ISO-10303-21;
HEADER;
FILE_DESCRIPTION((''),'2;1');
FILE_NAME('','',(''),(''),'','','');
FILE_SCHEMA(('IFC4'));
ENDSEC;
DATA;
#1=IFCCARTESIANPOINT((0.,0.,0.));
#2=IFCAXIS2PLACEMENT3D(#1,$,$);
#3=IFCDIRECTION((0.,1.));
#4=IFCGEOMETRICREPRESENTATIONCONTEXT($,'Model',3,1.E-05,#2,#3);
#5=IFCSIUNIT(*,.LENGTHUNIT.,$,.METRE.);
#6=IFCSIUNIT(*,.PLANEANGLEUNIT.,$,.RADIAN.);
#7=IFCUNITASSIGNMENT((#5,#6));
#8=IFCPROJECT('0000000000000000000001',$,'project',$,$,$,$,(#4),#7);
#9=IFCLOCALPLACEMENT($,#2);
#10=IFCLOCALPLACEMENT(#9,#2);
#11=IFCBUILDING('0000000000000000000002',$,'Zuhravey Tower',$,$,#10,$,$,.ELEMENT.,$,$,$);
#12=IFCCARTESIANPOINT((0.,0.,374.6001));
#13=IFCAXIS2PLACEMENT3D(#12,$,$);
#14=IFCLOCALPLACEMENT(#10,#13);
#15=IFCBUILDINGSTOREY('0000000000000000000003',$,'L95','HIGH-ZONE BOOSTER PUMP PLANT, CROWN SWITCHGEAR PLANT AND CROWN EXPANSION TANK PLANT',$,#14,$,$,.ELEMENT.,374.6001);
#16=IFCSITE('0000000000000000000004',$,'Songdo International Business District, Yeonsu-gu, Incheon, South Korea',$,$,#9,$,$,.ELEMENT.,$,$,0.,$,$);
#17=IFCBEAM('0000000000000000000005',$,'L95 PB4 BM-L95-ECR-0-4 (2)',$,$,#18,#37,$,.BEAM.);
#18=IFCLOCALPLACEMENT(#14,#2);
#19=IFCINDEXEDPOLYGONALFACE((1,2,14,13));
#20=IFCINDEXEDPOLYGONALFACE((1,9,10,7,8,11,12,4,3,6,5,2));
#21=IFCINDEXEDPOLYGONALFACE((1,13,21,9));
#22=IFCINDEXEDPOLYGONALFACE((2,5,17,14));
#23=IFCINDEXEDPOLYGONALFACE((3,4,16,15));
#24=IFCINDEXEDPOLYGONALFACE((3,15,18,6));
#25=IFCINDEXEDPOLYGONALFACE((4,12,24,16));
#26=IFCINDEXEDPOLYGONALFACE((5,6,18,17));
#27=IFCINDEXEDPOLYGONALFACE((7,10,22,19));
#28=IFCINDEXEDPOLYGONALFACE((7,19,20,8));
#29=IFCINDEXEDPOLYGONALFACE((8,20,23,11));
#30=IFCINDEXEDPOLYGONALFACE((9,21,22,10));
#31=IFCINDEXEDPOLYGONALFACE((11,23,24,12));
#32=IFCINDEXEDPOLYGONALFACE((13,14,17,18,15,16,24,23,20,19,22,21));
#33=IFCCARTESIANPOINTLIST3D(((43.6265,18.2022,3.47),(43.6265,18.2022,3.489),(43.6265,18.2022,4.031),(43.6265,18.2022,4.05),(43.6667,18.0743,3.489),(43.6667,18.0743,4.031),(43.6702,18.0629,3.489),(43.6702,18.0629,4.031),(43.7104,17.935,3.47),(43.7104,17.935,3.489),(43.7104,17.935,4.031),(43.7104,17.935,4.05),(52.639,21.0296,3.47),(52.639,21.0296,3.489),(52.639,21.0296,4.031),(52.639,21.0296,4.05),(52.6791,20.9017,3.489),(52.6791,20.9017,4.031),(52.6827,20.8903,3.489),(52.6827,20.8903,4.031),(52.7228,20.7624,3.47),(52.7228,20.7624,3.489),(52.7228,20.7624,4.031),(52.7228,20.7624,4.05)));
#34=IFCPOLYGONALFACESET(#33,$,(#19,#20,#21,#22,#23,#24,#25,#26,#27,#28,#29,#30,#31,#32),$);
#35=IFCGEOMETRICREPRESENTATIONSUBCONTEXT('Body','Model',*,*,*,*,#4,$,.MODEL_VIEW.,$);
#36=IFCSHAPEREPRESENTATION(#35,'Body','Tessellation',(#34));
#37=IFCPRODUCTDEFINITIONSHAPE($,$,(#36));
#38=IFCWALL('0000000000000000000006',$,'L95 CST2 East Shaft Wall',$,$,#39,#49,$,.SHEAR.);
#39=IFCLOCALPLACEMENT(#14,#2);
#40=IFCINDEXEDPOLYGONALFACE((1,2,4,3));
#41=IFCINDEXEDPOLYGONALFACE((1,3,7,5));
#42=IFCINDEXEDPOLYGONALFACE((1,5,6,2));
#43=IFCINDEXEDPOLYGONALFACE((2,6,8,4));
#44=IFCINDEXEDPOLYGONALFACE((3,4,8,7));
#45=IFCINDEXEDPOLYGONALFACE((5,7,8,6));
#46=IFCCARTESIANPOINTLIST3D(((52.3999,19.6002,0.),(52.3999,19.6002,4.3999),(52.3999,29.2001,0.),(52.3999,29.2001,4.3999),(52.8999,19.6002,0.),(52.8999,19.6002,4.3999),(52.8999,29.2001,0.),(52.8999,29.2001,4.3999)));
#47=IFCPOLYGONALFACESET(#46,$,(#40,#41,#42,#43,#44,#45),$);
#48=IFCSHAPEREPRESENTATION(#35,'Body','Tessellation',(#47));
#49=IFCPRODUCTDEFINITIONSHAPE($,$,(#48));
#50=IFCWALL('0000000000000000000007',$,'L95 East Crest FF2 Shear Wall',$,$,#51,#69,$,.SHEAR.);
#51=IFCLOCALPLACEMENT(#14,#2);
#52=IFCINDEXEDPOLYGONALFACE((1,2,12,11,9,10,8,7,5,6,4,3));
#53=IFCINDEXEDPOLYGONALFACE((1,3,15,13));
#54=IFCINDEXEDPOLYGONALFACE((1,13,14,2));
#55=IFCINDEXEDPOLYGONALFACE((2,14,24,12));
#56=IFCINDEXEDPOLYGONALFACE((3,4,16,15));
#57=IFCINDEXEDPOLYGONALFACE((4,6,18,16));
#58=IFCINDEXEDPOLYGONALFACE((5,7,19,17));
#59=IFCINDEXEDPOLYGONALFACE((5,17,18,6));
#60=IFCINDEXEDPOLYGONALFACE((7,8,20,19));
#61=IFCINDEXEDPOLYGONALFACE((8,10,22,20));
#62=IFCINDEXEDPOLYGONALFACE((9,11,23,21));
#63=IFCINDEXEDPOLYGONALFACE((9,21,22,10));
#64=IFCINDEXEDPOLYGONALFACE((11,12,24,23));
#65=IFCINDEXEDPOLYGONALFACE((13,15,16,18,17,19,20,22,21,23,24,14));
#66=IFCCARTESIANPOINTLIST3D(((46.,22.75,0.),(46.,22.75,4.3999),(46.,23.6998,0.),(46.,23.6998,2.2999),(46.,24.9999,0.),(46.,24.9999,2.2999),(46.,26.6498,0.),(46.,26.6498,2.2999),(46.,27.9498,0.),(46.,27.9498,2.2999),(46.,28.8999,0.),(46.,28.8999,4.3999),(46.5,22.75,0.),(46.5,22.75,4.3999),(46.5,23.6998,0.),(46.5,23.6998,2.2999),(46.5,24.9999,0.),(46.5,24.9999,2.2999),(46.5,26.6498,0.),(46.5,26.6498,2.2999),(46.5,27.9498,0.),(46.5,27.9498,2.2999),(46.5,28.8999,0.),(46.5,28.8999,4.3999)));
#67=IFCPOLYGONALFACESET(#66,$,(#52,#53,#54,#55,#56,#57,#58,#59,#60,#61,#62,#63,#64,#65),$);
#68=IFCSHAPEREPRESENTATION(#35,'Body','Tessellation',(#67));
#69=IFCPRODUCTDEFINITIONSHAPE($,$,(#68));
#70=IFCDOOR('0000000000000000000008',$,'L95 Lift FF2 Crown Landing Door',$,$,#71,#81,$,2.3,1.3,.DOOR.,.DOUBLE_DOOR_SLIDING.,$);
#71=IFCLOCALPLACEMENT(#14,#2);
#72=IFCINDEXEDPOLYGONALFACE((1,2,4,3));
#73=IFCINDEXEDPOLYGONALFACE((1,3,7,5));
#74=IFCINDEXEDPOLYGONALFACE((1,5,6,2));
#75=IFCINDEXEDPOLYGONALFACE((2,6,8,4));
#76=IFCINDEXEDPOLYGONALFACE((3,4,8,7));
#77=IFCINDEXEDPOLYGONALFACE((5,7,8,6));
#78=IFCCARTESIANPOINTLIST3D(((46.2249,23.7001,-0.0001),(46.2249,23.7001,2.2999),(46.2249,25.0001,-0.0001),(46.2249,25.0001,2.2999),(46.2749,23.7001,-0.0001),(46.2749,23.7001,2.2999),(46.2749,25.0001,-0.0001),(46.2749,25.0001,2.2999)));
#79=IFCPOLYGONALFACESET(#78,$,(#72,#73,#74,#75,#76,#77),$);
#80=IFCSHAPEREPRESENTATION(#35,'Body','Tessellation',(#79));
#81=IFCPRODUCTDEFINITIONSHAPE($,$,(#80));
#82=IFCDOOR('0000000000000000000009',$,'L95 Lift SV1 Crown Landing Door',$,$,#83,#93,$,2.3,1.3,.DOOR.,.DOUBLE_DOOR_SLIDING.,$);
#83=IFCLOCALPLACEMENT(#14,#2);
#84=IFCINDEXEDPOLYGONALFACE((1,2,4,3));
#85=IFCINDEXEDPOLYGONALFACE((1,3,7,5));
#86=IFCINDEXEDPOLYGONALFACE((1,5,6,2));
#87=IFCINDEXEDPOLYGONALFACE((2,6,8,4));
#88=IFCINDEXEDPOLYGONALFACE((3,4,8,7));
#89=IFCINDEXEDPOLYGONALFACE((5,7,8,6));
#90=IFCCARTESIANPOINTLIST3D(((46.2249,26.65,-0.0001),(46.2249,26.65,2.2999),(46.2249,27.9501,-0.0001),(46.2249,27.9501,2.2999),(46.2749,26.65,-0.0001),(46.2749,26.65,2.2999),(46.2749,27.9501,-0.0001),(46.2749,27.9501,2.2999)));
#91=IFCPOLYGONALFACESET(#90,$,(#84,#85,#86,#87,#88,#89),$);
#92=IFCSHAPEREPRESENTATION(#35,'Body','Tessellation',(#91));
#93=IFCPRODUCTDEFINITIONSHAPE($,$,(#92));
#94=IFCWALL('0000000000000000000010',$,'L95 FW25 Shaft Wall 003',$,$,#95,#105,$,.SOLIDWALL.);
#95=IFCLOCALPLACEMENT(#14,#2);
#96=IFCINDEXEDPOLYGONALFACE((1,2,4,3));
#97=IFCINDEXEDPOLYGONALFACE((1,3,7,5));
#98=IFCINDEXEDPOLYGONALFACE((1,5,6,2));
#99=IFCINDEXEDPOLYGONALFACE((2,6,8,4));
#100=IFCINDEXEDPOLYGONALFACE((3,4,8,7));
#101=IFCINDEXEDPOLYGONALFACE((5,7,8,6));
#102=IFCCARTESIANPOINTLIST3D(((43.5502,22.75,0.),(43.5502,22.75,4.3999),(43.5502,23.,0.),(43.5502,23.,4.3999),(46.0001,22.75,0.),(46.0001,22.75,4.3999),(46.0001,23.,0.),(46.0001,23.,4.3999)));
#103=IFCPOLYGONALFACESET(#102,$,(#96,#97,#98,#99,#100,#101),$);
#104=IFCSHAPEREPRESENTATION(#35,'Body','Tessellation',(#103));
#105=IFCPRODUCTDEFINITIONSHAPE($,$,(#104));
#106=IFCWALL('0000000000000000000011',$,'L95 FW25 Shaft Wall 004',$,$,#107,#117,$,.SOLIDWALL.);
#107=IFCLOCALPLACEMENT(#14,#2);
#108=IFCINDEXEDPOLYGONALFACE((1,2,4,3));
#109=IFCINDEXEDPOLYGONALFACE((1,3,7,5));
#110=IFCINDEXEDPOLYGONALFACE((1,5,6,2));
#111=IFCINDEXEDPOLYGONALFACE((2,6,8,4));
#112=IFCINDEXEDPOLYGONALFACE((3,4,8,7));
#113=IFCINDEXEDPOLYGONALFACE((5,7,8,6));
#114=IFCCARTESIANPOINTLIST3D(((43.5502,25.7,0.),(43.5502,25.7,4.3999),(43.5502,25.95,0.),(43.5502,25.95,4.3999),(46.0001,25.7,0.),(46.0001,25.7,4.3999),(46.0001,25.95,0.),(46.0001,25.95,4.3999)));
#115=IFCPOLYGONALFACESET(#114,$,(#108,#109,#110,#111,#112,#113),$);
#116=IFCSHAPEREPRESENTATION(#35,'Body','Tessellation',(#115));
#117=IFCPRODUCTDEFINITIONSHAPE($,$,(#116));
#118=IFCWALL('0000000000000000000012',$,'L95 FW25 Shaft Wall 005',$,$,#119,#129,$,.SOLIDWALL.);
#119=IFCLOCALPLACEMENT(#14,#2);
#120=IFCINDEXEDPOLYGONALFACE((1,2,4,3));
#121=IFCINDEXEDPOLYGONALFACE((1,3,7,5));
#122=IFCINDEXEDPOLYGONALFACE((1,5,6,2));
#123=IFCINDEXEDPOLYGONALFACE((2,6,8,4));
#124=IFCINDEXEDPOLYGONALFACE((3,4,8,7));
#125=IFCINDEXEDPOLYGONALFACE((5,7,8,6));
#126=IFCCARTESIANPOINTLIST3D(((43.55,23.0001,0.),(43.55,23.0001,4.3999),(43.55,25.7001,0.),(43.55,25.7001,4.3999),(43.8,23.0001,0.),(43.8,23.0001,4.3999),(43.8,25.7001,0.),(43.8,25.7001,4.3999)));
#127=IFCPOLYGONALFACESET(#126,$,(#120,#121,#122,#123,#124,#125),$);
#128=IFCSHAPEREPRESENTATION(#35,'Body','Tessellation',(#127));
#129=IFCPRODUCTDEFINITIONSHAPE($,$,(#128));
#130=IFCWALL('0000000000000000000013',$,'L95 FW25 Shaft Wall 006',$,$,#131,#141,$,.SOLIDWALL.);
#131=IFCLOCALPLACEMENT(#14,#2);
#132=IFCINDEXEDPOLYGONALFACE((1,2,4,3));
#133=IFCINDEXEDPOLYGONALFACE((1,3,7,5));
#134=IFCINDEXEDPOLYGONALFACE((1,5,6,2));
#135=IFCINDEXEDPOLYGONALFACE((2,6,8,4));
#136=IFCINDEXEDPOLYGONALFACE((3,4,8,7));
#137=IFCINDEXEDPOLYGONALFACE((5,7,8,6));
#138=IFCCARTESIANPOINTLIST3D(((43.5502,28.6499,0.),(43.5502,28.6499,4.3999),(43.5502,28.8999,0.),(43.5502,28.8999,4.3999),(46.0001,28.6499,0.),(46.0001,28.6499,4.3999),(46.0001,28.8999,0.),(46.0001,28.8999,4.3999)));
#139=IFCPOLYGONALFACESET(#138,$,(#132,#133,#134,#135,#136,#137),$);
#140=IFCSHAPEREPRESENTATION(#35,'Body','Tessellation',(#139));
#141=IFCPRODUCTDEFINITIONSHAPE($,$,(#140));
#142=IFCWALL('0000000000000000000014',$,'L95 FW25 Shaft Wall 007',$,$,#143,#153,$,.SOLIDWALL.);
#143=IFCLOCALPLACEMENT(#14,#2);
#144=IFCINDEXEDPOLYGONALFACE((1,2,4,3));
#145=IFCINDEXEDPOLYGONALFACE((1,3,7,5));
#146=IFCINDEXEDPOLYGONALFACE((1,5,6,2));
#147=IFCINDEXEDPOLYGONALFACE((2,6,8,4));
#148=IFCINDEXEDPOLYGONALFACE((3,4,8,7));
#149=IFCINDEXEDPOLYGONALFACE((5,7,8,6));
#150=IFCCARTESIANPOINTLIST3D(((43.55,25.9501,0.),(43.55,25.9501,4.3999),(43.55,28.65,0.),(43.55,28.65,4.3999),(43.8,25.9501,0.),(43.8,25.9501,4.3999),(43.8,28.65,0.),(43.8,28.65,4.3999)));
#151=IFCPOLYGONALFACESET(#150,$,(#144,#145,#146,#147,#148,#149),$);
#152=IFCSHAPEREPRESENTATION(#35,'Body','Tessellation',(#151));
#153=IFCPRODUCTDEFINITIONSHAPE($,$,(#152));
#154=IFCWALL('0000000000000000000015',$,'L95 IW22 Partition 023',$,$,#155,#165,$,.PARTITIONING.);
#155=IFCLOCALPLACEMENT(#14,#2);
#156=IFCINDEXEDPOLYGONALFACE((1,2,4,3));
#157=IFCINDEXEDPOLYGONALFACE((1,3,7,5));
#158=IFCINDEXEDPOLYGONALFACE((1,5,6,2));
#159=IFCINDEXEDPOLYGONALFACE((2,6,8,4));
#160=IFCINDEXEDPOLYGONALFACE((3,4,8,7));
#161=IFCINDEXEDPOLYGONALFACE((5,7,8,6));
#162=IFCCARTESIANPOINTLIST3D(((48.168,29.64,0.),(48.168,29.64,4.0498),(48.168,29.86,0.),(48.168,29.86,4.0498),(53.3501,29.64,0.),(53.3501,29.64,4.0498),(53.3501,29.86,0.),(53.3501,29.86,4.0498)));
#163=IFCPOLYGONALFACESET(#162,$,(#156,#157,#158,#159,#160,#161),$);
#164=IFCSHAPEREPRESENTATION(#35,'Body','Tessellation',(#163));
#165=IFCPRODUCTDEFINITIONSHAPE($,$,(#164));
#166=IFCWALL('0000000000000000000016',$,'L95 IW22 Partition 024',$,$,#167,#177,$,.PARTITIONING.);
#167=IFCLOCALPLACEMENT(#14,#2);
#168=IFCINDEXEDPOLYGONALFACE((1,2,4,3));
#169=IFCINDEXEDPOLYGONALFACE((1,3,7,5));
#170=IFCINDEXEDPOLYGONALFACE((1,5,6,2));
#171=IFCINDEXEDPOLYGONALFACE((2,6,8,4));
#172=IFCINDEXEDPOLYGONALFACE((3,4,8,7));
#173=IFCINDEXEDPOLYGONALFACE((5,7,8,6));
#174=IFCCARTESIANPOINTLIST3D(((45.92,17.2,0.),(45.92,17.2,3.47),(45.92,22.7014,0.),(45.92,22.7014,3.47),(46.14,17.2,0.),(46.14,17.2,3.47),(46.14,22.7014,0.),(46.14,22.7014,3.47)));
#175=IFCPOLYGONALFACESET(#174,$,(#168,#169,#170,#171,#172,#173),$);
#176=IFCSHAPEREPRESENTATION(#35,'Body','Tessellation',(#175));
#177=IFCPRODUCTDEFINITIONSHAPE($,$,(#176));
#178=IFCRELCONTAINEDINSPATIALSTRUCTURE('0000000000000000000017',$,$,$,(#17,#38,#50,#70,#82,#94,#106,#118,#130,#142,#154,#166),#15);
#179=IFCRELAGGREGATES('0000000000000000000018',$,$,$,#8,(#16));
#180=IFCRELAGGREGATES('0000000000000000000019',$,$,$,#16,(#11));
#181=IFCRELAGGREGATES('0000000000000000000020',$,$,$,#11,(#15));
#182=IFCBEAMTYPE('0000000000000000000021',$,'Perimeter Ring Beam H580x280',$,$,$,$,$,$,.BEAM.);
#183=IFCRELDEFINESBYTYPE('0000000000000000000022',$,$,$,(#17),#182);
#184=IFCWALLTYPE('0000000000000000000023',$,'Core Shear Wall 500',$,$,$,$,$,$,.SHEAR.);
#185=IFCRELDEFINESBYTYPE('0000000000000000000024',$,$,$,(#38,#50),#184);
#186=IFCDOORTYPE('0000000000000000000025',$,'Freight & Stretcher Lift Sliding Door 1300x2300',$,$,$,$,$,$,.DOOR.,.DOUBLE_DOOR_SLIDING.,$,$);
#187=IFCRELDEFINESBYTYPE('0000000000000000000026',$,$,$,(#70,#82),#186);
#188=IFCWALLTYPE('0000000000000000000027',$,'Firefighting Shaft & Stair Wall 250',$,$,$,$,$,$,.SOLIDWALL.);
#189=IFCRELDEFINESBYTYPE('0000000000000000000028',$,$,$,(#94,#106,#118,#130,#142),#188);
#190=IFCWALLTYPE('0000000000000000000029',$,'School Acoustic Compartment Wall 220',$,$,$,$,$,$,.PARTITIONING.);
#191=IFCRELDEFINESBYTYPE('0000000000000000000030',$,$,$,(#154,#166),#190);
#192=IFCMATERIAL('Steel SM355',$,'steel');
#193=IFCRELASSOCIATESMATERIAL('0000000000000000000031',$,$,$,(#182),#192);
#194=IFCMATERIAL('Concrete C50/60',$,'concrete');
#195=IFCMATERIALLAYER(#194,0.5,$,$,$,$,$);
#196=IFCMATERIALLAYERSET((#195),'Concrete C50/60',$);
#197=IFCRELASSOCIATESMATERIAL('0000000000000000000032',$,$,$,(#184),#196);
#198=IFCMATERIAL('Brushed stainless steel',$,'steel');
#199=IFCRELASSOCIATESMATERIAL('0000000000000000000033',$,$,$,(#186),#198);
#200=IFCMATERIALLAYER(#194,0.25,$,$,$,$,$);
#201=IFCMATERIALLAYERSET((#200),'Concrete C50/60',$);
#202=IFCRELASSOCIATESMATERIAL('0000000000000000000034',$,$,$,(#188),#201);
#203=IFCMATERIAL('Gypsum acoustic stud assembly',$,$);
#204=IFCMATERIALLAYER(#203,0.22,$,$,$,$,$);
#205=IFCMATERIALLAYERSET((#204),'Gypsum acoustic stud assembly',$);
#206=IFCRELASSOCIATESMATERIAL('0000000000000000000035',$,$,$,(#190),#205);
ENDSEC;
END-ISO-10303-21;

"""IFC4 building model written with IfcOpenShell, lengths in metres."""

from ifc_helpers import new_model, si_unit, direction, frame, frame_2d, origin, origin_2d, place, context, subcontext, project, spatial, rectangle, i_section, extrude, material, layer, layer_set, material_profile, profile_set, type_object, element, fill, save


model = new_model("IFC4")

# Units and contexts
model_context = context("Model", 3, precision=1e-05, world=origin(), true_north=direction((0.0, 1.0)))
body_context = subcontext(model_context, "Body", "Model", "MODEL_VIEW")
ifc_project = project(units=[si_unit("LENGTHUNIT", "METRE"), si_unit("PLANEANGLEUNIT", "RADIAN")], contexts=[model_context])

# Site, building, storey
site_placement = place(None, origin())
site = spatial("IfcSite", under=ifc_project, at=site_placement, Name="Songdo International Business District, Yeonsu-gu, Incheon, South Korea", CompositionType="ELEMENT", RefElevation=0.0)
building_placement = place(site_placement, origin())
building = spatial("IfcBuilding", under=site, at=building_placement, Name="Zuhravey Tower", CompositionType="ELEMENT")
storey_placement = place(building_placement, frame((0.0, 0.0, 374.6001)))
storey = spatial("IfcBuildingStorey", under=building, at=storey_placement, Name="L95", Description="HIGH-ZONE BOOSTER PUMP PLANT, CROWN SWITCHGEAR PLANT AND CROWN EXPANSION TANK PLANT", CompositionType="ELEMENT", Elevation=374.6001)

# Beam
ifc_material_1 = material(Name="Steel SM355", Category="steel")
ifc_material_profile = material_profile(ifc_material_1, i_section(OverallWidth=0.28, OverallDepth=0.5801, WebThickness=0.012, FlangeThickness=0.019, at=origin_2d()), Name="H-580x280x12x19")
ifc_profile_set = profile_set([ifc_material_profile], Name="Steel SM355")
beam_type = type_object("IfcBeamType", Name="Perimeter Ring Beam H580x280", PredefinedType="BEAM", material=ifc_profile_set)
beam_placement = place(storey_placement, frame((52.6809, 20.896, 3.76), z_axis=(-0.954148, -0.299336, 0.0), x_axis=(0.299336, -0.954148, 0.0)))
element("IfcBeam", 1, at=beam_placement, inside=storey, type_object=beam_type, Name="L95 PB4 BM-L95-ECR-0-4 (2)", PredefinedType="BEAM", context=body_context, shape_type="SweptSolid", body=[
    extrude(i_section(OverallWidth=0.28, OverallDepth=0.5801, WebThickness=0.012, FlangeThickness=0.019, at=origin_2d()), origin(), (0.0, 0.0, 1.0), 9.4456),
])

# Wall
ifc_material_2 = material(Name="Concrete C50/60", Category="concrete")
ifc_layer_1 = layer(ifc_material_2, 0.5)
ifc_layer_set_1 = layer_set([ifc_layer_1], Name="Concrete C50/60")
wall_type_1 = type_object("IfcWallType", Name="Core Shear Wall 500", PredefinedType="SHEAR", material=ifc_layer_set_1)
wall_1_placement = place(storey_placement, frame((52.6499, 29.2, 0.0), z_axis=(0.0, 0.0, 1.0), x_axis=(0.0, -1.0, 0.0)))
element("IfcWall", 2, at=wall_1_placement, inside=storey, type_object=wall_type_1, Name="L95 CST2 East Shaft Wall", PredefinedType="SHEAR", context=body_context, shape_type="SweptSolid", body=[
    extrude(rectangle(XDim=9.5999, YDim=0.5, at=frame_2d((4.7998, 0.0))), origin(), (0.0, 0.0, 1.0), 4.3999),
])

# Wall, openings, doors
wall_2_placement = place(storey_placement, frame((46.25, 22.75, 0.0), z_axis=(0.0, 0.0, 1.0), x_axis=(0.0, 1.0, 0.0)))
wall_2 = element("IfcWall", 3, at=wall_2_placement, inside=storey, type_object=wall_type_1, Name="L95 East Crest FF2 Shear Wall", PredefinedType="SHEAR", context=body_context, shape_type="SweptSolid", body=[
    extrude(rectangle(XDim=6.1499, YDim=0.5, at=frame_2d((3.075, 0.0))), origin(), (0.0, 0.0, 1.0), 4.3999),
])
opening_1_placement = place(wall_2_placement, frame((0.95, 0.0, 0.0)))
opening_1 = element("IfcOpeningElement", 4, at=opening_1_placement, cuts=wall_2, PredefinedType="OPENING", context=body_context, shape_type="SweptSolid", body=[
    extrude(rectangle(XDim=1.3, YDim=2.3, at=frame_2d((0.6499, 1.1499))), frame((0.0, 0.262, 0.0), z_axis=(0.0, -1.0, 0.0), x_axis=(1.0, 0.0, 0.0)), (0.0, 0.0, 1.0), 0.5239),
])
opening_2_placement = place(wall_2_placement, frame((3.8999, 0.0, 0.0)))
opening_2 = element("IfcOpeningElement", 5, at=opening_2_placement, cuts=wall_2, PredefinedType="OPENING", context=body_context, shape_type="SweptSolid", body=[
    extrude(rectangle(XDim=1.3, YDim=2.3, at=frame_2d((0.6499, 1.1499))), frame((0.0, 0.262, 0.0), z_axis=(0.0, -1.0, 0.0), x_axis=(1.0, 0.0, 0.0)), (0.0, 0.0, 1.0), 0.5239),
])
ifc_material_3 = material(Name="Brushed stainless steel", Category="steel")
door_type = type_object("IfcDoorType", Name="Freight & Stretcher Lift Sliding Door 1300x2300", OperationType="DOUBLE_DOOR_SLIDING", PredefinedType="DOOR", material=ifc_material_3)
door_1_placement = place(opening_1_placement, frame((1.3, 0.0, 0.0), z_axis=(0.0, 0.0, 1.0), x_axis=(-1.0, 0.0, 0.0)))
door_1 = element("IfcDoor", 6, at=door_1_placement, inside=storey, type_object=door_type, Name="L95 Lift FF2 Crown Landing Door", OperationType="DOUBLE_DOOR_SLIDING", OverallHeight=2.3, OverallWidth=1.3, PredefinedType="DOOR", context=body_context, shape_type="SweptSolid", body=[
    extrude(rectangle(XDim=1.3, YDim=2.3, at=frame_2d((0.6499, 1.1499))), frame((0.0, 0.0249, 0.0), z_axis=(0.0, -1.0, 0.0), x_axis=(1.0, 0.0, 0.0)), (0.0, 0.0, 1.0), 0.05),
])
fill(opening_1, door_1)
door_2_placement = place(opening_2_placement, frame((1.3, 0.0, 0.0), z_axis=(0.0, 0.0, 1.0), x_axis=(-1.0, 0.0, 0.0)))
door_2 = element("IfcDoor", 7, at=door_2_placement, inside=storey, type_object=door_type, Name="L95 Lift SV1 Crown Landing Door", OperationType="DOUBLE_DOOR_SLIDING", OverallHeight=2.3, OverallWidth=1.3, PredefinedType="DOOR", context=body_context, shape_type="SweptSolid", body=[
    extrude(rectangle(XDim=1.3, YDim=2.3, at=frame_2d((0.6499, 1.1499))), frame((0.0, 0.0249, 0.0), z_axis=(0.0, -1.0, 0.0), x_axis=(1.0, 0.0, 0.0)), (0.0, 0.0, 1.0), 0.05),
])
fill(opening_2, door_2)

# Walls
ifc_layer_2 = layer(ifc_material_2, 0.25)
ifc_layer_set_2 = layer_set([ifc_layer_2], Name="Concrete C50/60")
wall_type_2 = type_object("IfcWallType", Name="Firefighting Shaft & Stair Wall 250", PredefinedType="SOLIDWALL", material=ifc_layer_set_2)
for number, where, z_axis, x_axis, name in (
    (8, (43.55, 22.875, 0.0), (0.0, 0.0, 1.0), (1.0, 0.0, 0.0), "L95 FW25 Shaft Wall 003"),
    (9, (43.55, 25.825, 0.0), (0.0, 0.0, 1.0), (1.0, 0.0, 0.0), "L95 FW25 Shaft Wall 004"),
):
    element("IfcWall", number, at=place(storey_placement, frame(where, z_axis=z_axis, x_axis=x_axis)), inside=storey, type_object=wall_type_2, Name=name, PredefinedType="SOLIDWALL", context=body_context, shape_type="SweptSolid", body=[
        extrude(rectangle(XDim=2.45, YDim=0.25, at=frame_2d((1.2251, 0.0))), origin(), (0.0, 0.0, 1.0), 4.3999),
    ])
wall_3_placement = place(storey_placement, frame((43.675, 23.0, 0.0), z_axis=(0.0, 0.0, 1.0), x_axis=(0.0, 1.0, 0.0)))
element("IfcWall", 10, at=wall_3_placement, inside=storey, type_object=wall_type_2, Name="L95 FW25 Shaft Wall 005", PredefinedType="SOLIDWALL", context=body_context, shape_type="SweptSolid", body=[
    extrude(rectangle(XDim=2.7, YDim=0.25, at=frame_2d((1.3501, 0.0))), origin(), (0.0, 0.0, 1.0), 4.3999),
])
wall_4_placement = place(storey_placement, frame((43.55, 28.7749, 0.0), z_axis=(0.0, 0.0, 1.0), x_axis=(1.0, 0.0, 0.0)))
element("IfcWall", 11, at=wall_4_placement, inside=storey, type_object=wall_type_2, Name="L95 FW25 Shaft Wall 006", PredefinedType="SOLIDWALL", context=body_context, shape_type="SweptSolid", body=[
    extrude(rectangle(XDim=2.45, YDim=0.25, at=frame_2d((1.2251, 0.0))), origin(), (0.0, 0.0, 1.0), 4.3999),
])
wall_5_placement = place(storey_placement, frame((43.675, 25.95, 0.0), z_axis=(0.0, 0.0, 1.0), x_axis=(0.0, 1.0, 0.0)))
element("IfcWall", 12, at=wall_5_placement, inside=storey, type_object=wall_type_2, Name="L95 FW25 Shaft Wall 007", PredefinedType="SOLIDWALL", context=body_context, shape_type="SweptSolid", body=[
    extrude(rectangle(XDim=2.7, YDim=0.25, at=frame_2d((1.3501, 0.0))), origin(), (0.0, 0.0, 1.0), 4.3999),
])
ifc_material_4 = material(Name="Gypsum acoustic stud assembly")
ifc_layer_3 = layer(ifc_material_4, 0.22)
ifc_layer_set_3 = layer_set([ifc_layer_3], Name="Gypsum acoustic stud assembly")
wall_type_3 = type_object("IfcWallType", Name="School Acoustic Compartment Wall 220", PredefinedType="PARTITIONING", material=ifc_layer_set_3)
wall_6_placement = place(storey_placement, frame((48.168, 29.75, 0.0), z_axis=(0.0, 0.0, 1.0), x_axis=(1.0, 0.0, 0.0)))
element("IfcWall", 13, at=wall_6_placement, inside=storey, type_object=wall_type_3, Name="L95 IW22 Partition 023", PredefinedType="PARTITIONING", context=body_context, shape_type="SweptSolid", body=[
    extrude(rectangle(XDim=5.1821, YDim=0.22, at=frame_2d((2.5911, 0.0))), origin(), (0.0, 0.0, 1.0), 4.0498),
])
wall_7_placement = place(storey_placement, frame((46.03, 22.7014, 0.0), z_axis=(0.0, 0.0, 1.0), x_axis=(0.0, -1.0, 0.0)))
element("IfcWall", 14, at=wall_7_placement, inside=storey, type_object=wall_type_3, Name="L95 IW22 Partition 024", PredefinedType="PARTITIONING", context=body_context, shape_type="SweptSolid", body=[
    extrude(rectangle(XDim=5.5015, YDim=0.22, at=frame_2d((2.7507, 0.0))), origin(), (0.0, 0.0, 1.0), 3.47),
])

save(model, "model.ifc")
